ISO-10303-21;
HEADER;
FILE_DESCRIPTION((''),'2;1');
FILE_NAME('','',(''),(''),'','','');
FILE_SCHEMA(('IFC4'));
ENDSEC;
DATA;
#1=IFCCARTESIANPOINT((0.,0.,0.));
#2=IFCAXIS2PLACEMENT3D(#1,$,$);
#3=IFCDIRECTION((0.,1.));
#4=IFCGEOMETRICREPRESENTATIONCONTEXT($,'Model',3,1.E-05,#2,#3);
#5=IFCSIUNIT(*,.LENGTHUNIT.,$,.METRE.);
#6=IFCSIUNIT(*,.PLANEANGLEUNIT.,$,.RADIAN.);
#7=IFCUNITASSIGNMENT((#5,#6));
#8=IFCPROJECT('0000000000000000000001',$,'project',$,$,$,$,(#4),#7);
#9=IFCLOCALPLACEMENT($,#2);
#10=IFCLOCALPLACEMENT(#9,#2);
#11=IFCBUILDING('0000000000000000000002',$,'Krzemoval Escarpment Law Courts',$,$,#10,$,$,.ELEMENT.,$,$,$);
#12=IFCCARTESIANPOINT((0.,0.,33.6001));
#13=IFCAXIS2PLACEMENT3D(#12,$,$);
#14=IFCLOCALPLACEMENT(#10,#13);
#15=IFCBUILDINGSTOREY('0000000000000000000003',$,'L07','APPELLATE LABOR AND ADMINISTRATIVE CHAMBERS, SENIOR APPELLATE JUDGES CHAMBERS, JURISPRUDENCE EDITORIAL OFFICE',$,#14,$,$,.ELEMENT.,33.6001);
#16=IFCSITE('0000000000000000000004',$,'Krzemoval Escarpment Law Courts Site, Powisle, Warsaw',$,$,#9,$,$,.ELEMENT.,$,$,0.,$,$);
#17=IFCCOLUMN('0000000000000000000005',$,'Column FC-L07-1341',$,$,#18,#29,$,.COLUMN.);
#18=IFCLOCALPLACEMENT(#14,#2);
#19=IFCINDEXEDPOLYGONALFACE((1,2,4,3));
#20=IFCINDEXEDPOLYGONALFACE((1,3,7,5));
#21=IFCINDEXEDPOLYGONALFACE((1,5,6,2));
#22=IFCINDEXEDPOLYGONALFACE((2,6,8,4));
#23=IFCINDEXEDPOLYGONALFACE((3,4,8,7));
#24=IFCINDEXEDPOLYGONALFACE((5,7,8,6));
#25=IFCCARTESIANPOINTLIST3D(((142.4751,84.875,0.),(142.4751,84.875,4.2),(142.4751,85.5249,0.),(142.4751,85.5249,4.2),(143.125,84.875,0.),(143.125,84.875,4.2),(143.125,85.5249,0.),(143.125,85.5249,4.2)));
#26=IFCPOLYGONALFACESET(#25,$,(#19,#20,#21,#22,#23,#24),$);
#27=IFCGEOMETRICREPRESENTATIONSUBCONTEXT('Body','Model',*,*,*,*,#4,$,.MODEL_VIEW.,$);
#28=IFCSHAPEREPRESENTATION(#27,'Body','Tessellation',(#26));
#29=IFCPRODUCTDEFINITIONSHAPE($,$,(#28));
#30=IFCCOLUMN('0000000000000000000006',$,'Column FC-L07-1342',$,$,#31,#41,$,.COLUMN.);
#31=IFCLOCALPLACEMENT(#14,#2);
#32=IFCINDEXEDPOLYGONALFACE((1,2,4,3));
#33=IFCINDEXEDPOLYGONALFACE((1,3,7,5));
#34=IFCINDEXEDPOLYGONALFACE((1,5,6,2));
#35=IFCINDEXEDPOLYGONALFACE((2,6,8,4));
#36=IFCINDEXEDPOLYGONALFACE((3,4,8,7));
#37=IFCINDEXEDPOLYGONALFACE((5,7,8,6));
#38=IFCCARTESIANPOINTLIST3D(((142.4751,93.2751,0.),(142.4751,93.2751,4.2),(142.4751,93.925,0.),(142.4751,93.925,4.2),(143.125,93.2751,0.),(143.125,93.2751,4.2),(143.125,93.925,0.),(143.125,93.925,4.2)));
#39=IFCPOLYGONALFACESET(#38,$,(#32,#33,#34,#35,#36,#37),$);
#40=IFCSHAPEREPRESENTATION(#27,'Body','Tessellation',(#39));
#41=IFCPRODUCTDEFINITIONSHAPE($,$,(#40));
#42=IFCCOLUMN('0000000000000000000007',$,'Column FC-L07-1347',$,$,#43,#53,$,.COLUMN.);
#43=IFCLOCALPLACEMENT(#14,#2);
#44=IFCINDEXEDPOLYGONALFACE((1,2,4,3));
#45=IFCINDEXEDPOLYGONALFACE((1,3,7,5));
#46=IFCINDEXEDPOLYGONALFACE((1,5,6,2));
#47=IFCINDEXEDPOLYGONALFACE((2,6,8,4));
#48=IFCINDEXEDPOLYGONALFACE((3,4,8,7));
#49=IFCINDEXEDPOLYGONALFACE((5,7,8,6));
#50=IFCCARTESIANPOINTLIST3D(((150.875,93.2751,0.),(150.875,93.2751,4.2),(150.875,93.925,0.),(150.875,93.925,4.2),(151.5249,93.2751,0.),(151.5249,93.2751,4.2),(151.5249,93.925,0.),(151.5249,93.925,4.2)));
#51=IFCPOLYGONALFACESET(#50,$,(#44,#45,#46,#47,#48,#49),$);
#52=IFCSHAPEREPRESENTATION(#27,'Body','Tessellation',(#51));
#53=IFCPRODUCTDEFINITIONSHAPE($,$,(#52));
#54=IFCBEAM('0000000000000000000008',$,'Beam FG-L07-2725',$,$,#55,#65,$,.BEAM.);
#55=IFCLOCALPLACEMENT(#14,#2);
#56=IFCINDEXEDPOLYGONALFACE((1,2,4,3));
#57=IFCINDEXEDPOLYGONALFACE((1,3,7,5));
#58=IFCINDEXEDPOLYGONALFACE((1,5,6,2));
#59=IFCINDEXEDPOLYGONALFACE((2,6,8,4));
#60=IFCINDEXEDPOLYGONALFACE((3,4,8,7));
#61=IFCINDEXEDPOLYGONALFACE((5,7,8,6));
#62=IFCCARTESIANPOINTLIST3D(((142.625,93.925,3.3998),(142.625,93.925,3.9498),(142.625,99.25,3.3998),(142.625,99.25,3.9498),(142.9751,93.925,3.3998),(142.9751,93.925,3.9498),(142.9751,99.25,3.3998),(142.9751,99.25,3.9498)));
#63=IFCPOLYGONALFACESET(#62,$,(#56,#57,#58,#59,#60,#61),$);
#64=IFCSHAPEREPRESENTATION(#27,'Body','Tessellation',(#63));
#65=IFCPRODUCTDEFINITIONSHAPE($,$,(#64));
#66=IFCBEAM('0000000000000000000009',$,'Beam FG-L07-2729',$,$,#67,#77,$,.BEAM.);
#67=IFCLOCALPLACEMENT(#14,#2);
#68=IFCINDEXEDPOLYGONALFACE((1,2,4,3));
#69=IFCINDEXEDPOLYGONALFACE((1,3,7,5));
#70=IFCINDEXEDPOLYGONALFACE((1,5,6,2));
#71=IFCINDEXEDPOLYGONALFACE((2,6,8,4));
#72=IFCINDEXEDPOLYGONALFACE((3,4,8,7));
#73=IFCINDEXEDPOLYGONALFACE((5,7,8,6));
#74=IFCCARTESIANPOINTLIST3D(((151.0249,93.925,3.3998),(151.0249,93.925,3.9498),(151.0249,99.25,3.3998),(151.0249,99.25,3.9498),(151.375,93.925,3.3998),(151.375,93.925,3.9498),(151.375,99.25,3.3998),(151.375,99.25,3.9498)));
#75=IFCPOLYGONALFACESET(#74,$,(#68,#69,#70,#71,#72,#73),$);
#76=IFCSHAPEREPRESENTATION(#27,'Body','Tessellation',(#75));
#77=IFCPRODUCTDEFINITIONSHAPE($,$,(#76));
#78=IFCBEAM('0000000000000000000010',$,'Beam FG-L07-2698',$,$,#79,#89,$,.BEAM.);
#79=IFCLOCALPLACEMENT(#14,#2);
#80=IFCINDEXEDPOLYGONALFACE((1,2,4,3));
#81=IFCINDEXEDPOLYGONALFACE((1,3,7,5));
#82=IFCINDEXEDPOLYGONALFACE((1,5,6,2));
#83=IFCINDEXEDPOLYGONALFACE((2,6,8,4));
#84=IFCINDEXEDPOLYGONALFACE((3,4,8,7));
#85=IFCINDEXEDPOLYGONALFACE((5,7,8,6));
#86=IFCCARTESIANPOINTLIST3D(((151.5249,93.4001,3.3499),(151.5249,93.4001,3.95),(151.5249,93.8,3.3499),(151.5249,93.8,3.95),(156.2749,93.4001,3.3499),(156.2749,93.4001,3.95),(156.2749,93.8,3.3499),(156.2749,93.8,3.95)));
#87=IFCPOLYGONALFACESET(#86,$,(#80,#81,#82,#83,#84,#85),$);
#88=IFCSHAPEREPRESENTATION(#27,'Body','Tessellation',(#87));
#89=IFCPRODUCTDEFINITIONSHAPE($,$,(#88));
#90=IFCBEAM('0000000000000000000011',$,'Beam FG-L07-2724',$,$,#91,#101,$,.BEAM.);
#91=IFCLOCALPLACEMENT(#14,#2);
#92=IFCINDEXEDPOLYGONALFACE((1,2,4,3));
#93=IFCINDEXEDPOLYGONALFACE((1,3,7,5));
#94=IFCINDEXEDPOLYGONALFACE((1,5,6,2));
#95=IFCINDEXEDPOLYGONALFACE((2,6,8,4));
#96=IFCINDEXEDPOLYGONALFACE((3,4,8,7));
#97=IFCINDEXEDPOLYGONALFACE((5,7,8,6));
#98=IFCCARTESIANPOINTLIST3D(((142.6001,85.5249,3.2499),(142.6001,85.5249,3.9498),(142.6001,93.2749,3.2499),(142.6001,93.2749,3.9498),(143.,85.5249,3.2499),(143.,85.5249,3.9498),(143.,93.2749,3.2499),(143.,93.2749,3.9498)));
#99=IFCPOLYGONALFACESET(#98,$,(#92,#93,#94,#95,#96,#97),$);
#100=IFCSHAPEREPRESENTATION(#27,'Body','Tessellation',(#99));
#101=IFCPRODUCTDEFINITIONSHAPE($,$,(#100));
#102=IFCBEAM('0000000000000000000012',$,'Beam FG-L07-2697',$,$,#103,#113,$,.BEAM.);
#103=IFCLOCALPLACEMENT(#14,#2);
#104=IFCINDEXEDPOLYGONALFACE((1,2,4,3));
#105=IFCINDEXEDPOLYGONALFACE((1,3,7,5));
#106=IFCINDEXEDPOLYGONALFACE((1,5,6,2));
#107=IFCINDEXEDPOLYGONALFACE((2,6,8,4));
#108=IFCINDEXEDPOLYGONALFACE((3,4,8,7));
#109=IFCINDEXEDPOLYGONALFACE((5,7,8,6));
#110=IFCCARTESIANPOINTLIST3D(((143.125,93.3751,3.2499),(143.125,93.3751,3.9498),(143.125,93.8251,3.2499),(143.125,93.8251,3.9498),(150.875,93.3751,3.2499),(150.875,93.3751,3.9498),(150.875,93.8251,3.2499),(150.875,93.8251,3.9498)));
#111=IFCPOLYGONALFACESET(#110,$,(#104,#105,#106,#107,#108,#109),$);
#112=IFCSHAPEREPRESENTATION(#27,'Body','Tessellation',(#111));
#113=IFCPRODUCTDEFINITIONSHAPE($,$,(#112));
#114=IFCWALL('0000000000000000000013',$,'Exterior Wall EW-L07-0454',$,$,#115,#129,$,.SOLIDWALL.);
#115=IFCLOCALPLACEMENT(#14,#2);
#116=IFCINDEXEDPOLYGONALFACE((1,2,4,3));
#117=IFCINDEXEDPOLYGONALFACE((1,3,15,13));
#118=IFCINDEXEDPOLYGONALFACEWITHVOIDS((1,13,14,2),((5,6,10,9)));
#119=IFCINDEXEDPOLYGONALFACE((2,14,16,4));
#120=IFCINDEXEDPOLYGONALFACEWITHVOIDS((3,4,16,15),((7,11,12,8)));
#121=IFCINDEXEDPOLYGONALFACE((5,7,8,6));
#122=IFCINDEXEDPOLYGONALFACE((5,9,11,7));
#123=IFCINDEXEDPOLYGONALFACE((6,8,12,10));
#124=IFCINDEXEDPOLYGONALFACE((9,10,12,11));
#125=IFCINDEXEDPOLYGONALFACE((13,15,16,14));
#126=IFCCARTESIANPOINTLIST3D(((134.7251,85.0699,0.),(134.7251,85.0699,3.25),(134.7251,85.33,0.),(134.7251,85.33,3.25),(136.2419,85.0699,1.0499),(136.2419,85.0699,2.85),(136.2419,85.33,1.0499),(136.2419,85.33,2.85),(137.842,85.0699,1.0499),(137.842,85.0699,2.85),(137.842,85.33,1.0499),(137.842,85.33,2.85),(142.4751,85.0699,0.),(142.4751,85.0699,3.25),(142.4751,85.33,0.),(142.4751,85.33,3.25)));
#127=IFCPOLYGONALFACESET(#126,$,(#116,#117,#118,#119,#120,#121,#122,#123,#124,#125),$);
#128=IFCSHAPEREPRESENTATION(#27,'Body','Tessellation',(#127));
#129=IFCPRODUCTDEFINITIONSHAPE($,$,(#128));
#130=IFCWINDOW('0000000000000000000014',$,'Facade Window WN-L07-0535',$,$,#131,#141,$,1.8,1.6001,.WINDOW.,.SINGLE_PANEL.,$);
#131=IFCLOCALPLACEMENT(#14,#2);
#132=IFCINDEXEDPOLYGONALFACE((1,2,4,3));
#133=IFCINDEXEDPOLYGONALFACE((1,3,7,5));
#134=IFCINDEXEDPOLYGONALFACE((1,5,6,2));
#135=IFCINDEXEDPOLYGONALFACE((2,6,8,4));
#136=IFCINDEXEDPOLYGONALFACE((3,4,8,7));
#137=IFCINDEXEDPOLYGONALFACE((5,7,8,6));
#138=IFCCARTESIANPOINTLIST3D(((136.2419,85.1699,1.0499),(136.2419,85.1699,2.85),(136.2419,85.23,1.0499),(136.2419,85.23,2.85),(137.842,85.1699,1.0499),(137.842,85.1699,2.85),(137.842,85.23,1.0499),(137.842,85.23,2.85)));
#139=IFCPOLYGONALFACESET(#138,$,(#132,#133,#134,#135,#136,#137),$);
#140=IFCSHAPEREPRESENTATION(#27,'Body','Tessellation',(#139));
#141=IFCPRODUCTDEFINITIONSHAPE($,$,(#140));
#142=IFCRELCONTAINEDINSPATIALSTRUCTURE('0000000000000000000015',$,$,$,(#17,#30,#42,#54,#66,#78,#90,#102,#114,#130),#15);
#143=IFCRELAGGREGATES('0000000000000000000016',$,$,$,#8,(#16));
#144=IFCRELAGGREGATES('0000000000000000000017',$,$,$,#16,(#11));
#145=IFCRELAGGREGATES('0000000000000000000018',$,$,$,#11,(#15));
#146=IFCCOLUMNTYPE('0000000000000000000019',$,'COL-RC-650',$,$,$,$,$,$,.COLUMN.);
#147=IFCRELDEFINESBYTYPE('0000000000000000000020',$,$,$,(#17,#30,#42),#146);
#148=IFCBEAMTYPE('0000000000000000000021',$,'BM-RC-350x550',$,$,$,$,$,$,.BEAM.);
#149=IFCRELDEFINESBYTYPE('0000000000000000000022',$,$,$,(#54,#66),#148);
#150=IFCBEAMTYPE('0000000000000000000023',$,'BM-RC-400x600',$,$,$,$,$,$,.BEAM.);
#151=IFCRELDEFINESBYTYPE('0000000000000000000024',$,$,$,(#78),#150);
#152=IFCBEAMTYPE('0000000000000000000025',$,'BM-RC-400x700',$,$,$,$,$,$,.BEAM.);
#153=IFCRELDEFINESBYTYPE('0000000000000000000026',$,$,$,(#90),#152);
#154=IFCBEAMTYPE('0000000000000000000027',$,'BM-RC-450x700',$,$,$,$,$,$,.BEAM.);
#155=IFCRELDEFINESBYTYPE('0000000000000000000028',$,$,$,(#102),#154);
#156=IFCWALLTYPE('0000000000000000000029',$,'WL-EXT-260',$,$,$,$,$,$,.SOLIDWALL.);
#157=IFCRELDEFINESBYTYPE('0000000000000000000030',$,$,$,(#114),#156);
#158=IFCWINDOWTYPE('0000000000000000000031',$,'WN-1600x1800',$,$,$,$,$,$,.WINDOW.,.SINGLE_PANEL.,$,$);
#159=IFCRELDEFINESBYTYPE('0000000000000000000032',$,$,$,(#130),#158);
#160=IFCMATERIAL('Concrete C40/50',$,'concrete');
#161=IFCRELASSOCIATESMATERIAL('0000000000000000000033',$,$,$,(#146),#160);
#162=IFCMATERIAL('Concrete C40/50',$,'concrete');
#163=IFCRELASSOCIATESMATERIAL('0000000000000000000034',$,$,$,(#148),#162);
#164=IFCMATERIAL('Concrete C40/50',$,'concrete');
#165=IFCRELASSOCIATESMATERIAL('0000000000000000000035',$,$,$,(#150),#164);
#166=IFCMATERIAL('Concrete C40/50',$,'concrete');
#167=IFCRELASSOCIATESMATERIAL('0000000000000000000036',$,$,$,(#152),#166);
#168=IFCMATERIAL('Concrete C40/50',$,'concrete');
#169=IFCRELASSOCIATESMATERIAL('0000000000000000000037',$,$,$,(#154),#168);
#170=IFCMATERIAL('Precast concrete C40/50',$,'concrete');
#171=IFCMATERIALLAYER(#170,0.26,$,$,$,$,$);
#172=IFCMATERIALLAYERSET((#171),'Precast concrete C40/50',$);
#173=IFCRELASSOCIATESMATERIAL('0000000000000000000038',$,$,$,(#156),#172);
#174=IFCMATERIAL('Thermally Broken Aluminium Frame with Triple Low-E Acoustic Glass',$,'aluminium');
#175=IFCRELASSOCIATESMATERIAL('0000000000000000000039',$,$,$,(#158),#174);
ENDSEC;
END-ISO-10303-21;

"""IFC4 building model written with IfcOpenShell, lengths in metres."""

from ifc_helpers import new_model, si_unit, direction, frame, frame_2d, origin, origin_2d, place, context, subcontext, project, spatial, rectangle, extrude, material, layer, layer_set, material_profile, profile_set, type_object, element, fill, save


model = new_model("IFC4")

# Units and contexts
model_context = context("Model", 3, precision=1e-05, world=origin(), true_north=direction((0.0, 1.0)))
body_context = subcontext(model_context, "Body", "Model", "MODEL_VIEW")
ifc_project = project(units=[si_unit("LENGTHUNIT", "METRE"), si_unit("PLANEANGLEUNIT", "RADIAN")], contexts=[model_context])

# Site, building, storey
site_placement = place(None, origin())
site = spatial("IfcSite", under=ifc_project, at=site_placement, Name="Krzemoval Escarpment Law Courts Site, Powisle, Warsaw", CompositionType="ELEMENT", RefElevation=0.0)
building_placement = place(site_placement, origin())
building = spatial("IfcBuilding", under=site, at=building_placement, Name="Krzemoval Escarpment Law Courts", CompositionType="ELEMENT")
storey_placement = place(building_placement, frame((0.0, 0.0, 33.6001)))
storey = spatial("IfcBuildingStorey", under=building, at=storey_placement, Name="L07", Description="APPELLATE LABOR AND ADMINISTRATIVE CHAMBERS, SENIOR APPELLATE JUDGES CHAMBERS, JURISPRUDENCE EDITORIAL OFFICE", CompositionType="ELEMENT", Elevation=33.6001)

# Columns
ifc_material_1 = material(Name="Concrete C40/50", Category="concrete")
ifc_material_profile_1 = material_profile(ifc_material_1, rectangle(XDim=0.6499, YDim=0.6499, at=origin_2d()), Name="RC 650x650")
ifc_profile_set_1 = profile_set([ifc_material_profile_1], Name="Concrete C40/50")
column_type = type_object("IfcColumnType", Name="COL-RC-650", PredefinedType="COLUMN", material=ifc_profile_set_1)
for number, where, z_axis, x_axis, name in (
    (1, (142.8, 85.2, 0.0), (0.0, 0.0, 1.0), (1.0, 0.0, 0.0), "Column FC-L07-1341"),
    (2, (142.8, 93.6001, 0.0), (0.0, 0.0, 1.0), (1.0, 0.0, 0.0), "Column FC-L07-1342"),
    (3, (151.2, 93.6001, 0.0), (0.0, 0.0, 1.0), (1.0, 0.0, 0.0), "Column FC-L07-1347"),
):
    element("IfcColumn", number, at=place(storey_placement, frame(where, z_axis=z_axis, x_axis=x_axis)), inside=storey, type_object=column_type, Name=name, PredefinedType="COLUMN", context=body_context, shape_type="SweptSolid", body=[
        extrude(rectangle(XDim=0.6499, YDim=0.6499, at=origin_2d()), origin(), (0.0, 0.0, 1.0), 4.2),
    ])

# Beams
ifc_material_2 = material(Name="Concrete C40/50", Category="concrete")
ifc_material_profile_2 = material_profile(ifc_material_2, rectangle(XDim=0.3501, YDim=0.55, at=origin_2d()), Name="RCB 350x550")
ifc_profile_set_2 = profile_set([ifc_material_profile_2], Name="Concrete C40/50")
beam_type_1 = type_object("IfcBeamType", Name="BM-RC-350x550", PredefinedType="BEAM", material=ifc_profile_set_2)
for number, where, z_axis, x_axis, name in (
    (4, (142.8, 93.925, 3.6748), (0.0, 1.0, 0.0), (-1.0, 0.0, 0.0), "Beam FG-L07-2725"),
    (5, (151.2, 93.925, 3.6748), (0.0, 1.0, 0.0), (-1.0, 0.0, 0.0), "Beam FG-L07-2729"),
):
    element("IfcBeam", number, at=place(storey_placement, frame(where, z_axis=z_axis, x_axis=x_axis)), inside=storey, type_object=beam_type_1, Name=name, PredefinedType="BEAM", context=body_context, shape_type="SweptSolid", body=[
        extrude(rectangle(XDim=0.3501, YDim=0.55, at=origin_2d()), origin(), (0.0, 0.0, 1.0), 5.325),
    ])
ifc_material_3 = material(Name="Concrete C40/50", Category="concrete")
ifc_material_profile_3 = material_profile(ifc_material_3, rectangle(XDim=0.3999, YDim=0.6001, at=origin_2d()), Name="RCB 400x600")
ifc_profile_set_3 = profile_set([ifc_material_profile_3], Name="Concrete C40/50")
beam_type_2 = type_object("IfcBeamType", Name="BM-RC-400x600", PredefinedType="BEAM", material=ifc_profile_set_3)
beam_1_placement = place(storey_placement, frame((151.5249, 93.6001, 3.6499), z_axis=(1.0, 0.0, 0.0), x_axis=(0.0, 1.0, 0.0)))
element("IfcBeam", 6, at=beam_1_placement, inside=storey, type_object=beam_type_2, Name="Beam FG-L07-2698", PredefinedType="BEAM", context=body_context, shape_type="SweptSolid", body=[
    extrude(rectangle(XDim=0.3999, YDim=0.6001, at=origin_2d()), origin(), (0.0, 0.0, 1.0), 4.75),
])
ifc_material_4 = material(Name="Concrete C40/50", Category="concrete")
ifc_material_profile_4 = material_profile(ifc_material_4, rectangle(XDim=0.3999, YDim=0.7, at=origin_2d()), Name="RCB 400x700")
ifc_profile_set_4 = profile_set([ifc_material_profile_4], Name="Concrete C40/50")
beam_type_3 = type_object("IfcBeamType", Name="BM-RC-400x700", PredefinedType="BEAM", material=ifc_profile_set_4)
beam_2_placement = place(storey_placement, frame((142.8, 85.5249, 3.5999), z_axis=(0.0, 1.0, 0.0), x_axis=(-1.0, 0.0, 0.0)))
element("IfcBeam", 7, at=beam_2_placement, inside=storey, type_object=beam_type_3, Name="Beam FG-L07-2724", PredefinedType="BEAM", context=body_context, shape_type="SweptSolid", body=[
    extrude(rectangle(XDim=0.3999, YDim=0.7, at=origin_2d()), origin(), (0.0, 0.0, 1.0), 7.75),
])
ifc_material_5 = material(Name="Concrete C40/50", Category="concrete")
ifc_material_profile_5 = material_profile(ifc_material_5, rectangle(XDim=0.45, YDim=0.7, at=origin_2d()), Name="RCB 450x700")
ifc_profile_set_5 = profile_set([ifc_material_profile_5], Name="Concrete C40/50")
beam_type_4 = type_object("IfcBeamType", Name="BM-RC-450x700", PredefinedType="BEAM", material=ifc_profile_set_5)
beam_3_placement = place(storey_placement, frame((143.125, 93.6001, 3.5999), z_axis=(1.0, 0.0, 0.0), x_axis=(0.0, 1.0, 0.0)))
element("IfcBeam", 8, at=beam_3_placement, inside=storey, type_object=beam_type_4, Name="Beam FG-L07-2697", PredefinedType="BEAM", context=body_context, shape_type="SweptSolid", body=[
    extrude(rectangle(XDim=0.45, YDim=0.7, at=origin_2d()), origin(), (0.0, 0.0, 1.0), 7.75),
])

# Wall, opening, window
ifc_material_6 = material(Name="Precast concrete C40/50", Category="concrete")
ifc_layer_1 = layer(ifc_material_6, 0.26)
ifc_layer_set_1 = layer_set([ifc_layer_1], Name="Precast concrete C40/50")
wall_type_1 = type_object("IfcWallType", Name="WL-EXT-260", PredefinedType="SOLIDWALL", material=ifc_layer_set_1)
wall_1_placement = place(storey_placement, frame((142.4751, 85.2, 0.0), z_axis=(0.0, 0.0, 1.0), x_axis=(-1.0, 0.0, 0.0)))
wall_1 = element("IfcWall", 9, at=wall_1_placement, inside=storey, type_object=wall_type_1, Name="Exterior Wall EW-L07-0454", PredefinedType="SOLIDWALL", context=body_context, shape_type="SweptSolid", body=[
    extrude(rectangle(XDim=7.75, YDim=0.26, at=frame_2d((3.875, 0.0))), origin(), (0.0, 0.0, 1.0), 3.25),
])
opening_1_placement = place(wall_1_placement, frame((4.6331, 0.0, 1.05)))
opening_1 = element("IfcOpeningElement", 10, at=opening_1_placement, cuts=wall_1, PredefinedType="OPENING", context=body_context, shape_type="SweptSolid", body=[
    extrude(rectangle(XDim=1.6001, YDim=1.8, at=frame_2d((0.8, 0.8999))), frame((0.0, 0.145, 0.0), z_axis=(0.0, -1.0, 0.0), x_axis=(1.0, 0.0, 0.0)), (0.0, 0.0, 1.0), 0.29),
])
ifc_material_7 = material(Name="Thermally Broken Aluminium Frame with Triple Low-E Acoustic Glass", Category="aluminium")
window_type = type_object("IfcWindowType", Name="WN-1600x1800", PartitioningType="SINGLE_PANEL", PredefinedType="WINDOW", material=ifc_material_7)
window_1_placement = place(opening_1_placement, origin())
window_1 = element("IfcWindow", 11, at=window_1_placement, inside=storey, type_object=window_type, Name="Facade Window WN-L07-0535", OverallHeight=1.8, OverallWidth=1.6001, PartitioningType="SINGLE_PANEL", PredefinedType="WINDOW", context=body_context, shape_type="SweptSolid", body=[
    extrude(rectangle(XDim=1.6001, YDim=1.8, at=frame_2d((0.8, 0.8999))), frame((0.0, 0.03, 0.0), z_axis=(0.0, -1.0, 0.0), x_axis=(1.0, 0.0, 0.0)), (0.0, 0.0, 1.0), 0.0601),
])
fill(opening_1, window_1)

save(model, "model.ifc")
